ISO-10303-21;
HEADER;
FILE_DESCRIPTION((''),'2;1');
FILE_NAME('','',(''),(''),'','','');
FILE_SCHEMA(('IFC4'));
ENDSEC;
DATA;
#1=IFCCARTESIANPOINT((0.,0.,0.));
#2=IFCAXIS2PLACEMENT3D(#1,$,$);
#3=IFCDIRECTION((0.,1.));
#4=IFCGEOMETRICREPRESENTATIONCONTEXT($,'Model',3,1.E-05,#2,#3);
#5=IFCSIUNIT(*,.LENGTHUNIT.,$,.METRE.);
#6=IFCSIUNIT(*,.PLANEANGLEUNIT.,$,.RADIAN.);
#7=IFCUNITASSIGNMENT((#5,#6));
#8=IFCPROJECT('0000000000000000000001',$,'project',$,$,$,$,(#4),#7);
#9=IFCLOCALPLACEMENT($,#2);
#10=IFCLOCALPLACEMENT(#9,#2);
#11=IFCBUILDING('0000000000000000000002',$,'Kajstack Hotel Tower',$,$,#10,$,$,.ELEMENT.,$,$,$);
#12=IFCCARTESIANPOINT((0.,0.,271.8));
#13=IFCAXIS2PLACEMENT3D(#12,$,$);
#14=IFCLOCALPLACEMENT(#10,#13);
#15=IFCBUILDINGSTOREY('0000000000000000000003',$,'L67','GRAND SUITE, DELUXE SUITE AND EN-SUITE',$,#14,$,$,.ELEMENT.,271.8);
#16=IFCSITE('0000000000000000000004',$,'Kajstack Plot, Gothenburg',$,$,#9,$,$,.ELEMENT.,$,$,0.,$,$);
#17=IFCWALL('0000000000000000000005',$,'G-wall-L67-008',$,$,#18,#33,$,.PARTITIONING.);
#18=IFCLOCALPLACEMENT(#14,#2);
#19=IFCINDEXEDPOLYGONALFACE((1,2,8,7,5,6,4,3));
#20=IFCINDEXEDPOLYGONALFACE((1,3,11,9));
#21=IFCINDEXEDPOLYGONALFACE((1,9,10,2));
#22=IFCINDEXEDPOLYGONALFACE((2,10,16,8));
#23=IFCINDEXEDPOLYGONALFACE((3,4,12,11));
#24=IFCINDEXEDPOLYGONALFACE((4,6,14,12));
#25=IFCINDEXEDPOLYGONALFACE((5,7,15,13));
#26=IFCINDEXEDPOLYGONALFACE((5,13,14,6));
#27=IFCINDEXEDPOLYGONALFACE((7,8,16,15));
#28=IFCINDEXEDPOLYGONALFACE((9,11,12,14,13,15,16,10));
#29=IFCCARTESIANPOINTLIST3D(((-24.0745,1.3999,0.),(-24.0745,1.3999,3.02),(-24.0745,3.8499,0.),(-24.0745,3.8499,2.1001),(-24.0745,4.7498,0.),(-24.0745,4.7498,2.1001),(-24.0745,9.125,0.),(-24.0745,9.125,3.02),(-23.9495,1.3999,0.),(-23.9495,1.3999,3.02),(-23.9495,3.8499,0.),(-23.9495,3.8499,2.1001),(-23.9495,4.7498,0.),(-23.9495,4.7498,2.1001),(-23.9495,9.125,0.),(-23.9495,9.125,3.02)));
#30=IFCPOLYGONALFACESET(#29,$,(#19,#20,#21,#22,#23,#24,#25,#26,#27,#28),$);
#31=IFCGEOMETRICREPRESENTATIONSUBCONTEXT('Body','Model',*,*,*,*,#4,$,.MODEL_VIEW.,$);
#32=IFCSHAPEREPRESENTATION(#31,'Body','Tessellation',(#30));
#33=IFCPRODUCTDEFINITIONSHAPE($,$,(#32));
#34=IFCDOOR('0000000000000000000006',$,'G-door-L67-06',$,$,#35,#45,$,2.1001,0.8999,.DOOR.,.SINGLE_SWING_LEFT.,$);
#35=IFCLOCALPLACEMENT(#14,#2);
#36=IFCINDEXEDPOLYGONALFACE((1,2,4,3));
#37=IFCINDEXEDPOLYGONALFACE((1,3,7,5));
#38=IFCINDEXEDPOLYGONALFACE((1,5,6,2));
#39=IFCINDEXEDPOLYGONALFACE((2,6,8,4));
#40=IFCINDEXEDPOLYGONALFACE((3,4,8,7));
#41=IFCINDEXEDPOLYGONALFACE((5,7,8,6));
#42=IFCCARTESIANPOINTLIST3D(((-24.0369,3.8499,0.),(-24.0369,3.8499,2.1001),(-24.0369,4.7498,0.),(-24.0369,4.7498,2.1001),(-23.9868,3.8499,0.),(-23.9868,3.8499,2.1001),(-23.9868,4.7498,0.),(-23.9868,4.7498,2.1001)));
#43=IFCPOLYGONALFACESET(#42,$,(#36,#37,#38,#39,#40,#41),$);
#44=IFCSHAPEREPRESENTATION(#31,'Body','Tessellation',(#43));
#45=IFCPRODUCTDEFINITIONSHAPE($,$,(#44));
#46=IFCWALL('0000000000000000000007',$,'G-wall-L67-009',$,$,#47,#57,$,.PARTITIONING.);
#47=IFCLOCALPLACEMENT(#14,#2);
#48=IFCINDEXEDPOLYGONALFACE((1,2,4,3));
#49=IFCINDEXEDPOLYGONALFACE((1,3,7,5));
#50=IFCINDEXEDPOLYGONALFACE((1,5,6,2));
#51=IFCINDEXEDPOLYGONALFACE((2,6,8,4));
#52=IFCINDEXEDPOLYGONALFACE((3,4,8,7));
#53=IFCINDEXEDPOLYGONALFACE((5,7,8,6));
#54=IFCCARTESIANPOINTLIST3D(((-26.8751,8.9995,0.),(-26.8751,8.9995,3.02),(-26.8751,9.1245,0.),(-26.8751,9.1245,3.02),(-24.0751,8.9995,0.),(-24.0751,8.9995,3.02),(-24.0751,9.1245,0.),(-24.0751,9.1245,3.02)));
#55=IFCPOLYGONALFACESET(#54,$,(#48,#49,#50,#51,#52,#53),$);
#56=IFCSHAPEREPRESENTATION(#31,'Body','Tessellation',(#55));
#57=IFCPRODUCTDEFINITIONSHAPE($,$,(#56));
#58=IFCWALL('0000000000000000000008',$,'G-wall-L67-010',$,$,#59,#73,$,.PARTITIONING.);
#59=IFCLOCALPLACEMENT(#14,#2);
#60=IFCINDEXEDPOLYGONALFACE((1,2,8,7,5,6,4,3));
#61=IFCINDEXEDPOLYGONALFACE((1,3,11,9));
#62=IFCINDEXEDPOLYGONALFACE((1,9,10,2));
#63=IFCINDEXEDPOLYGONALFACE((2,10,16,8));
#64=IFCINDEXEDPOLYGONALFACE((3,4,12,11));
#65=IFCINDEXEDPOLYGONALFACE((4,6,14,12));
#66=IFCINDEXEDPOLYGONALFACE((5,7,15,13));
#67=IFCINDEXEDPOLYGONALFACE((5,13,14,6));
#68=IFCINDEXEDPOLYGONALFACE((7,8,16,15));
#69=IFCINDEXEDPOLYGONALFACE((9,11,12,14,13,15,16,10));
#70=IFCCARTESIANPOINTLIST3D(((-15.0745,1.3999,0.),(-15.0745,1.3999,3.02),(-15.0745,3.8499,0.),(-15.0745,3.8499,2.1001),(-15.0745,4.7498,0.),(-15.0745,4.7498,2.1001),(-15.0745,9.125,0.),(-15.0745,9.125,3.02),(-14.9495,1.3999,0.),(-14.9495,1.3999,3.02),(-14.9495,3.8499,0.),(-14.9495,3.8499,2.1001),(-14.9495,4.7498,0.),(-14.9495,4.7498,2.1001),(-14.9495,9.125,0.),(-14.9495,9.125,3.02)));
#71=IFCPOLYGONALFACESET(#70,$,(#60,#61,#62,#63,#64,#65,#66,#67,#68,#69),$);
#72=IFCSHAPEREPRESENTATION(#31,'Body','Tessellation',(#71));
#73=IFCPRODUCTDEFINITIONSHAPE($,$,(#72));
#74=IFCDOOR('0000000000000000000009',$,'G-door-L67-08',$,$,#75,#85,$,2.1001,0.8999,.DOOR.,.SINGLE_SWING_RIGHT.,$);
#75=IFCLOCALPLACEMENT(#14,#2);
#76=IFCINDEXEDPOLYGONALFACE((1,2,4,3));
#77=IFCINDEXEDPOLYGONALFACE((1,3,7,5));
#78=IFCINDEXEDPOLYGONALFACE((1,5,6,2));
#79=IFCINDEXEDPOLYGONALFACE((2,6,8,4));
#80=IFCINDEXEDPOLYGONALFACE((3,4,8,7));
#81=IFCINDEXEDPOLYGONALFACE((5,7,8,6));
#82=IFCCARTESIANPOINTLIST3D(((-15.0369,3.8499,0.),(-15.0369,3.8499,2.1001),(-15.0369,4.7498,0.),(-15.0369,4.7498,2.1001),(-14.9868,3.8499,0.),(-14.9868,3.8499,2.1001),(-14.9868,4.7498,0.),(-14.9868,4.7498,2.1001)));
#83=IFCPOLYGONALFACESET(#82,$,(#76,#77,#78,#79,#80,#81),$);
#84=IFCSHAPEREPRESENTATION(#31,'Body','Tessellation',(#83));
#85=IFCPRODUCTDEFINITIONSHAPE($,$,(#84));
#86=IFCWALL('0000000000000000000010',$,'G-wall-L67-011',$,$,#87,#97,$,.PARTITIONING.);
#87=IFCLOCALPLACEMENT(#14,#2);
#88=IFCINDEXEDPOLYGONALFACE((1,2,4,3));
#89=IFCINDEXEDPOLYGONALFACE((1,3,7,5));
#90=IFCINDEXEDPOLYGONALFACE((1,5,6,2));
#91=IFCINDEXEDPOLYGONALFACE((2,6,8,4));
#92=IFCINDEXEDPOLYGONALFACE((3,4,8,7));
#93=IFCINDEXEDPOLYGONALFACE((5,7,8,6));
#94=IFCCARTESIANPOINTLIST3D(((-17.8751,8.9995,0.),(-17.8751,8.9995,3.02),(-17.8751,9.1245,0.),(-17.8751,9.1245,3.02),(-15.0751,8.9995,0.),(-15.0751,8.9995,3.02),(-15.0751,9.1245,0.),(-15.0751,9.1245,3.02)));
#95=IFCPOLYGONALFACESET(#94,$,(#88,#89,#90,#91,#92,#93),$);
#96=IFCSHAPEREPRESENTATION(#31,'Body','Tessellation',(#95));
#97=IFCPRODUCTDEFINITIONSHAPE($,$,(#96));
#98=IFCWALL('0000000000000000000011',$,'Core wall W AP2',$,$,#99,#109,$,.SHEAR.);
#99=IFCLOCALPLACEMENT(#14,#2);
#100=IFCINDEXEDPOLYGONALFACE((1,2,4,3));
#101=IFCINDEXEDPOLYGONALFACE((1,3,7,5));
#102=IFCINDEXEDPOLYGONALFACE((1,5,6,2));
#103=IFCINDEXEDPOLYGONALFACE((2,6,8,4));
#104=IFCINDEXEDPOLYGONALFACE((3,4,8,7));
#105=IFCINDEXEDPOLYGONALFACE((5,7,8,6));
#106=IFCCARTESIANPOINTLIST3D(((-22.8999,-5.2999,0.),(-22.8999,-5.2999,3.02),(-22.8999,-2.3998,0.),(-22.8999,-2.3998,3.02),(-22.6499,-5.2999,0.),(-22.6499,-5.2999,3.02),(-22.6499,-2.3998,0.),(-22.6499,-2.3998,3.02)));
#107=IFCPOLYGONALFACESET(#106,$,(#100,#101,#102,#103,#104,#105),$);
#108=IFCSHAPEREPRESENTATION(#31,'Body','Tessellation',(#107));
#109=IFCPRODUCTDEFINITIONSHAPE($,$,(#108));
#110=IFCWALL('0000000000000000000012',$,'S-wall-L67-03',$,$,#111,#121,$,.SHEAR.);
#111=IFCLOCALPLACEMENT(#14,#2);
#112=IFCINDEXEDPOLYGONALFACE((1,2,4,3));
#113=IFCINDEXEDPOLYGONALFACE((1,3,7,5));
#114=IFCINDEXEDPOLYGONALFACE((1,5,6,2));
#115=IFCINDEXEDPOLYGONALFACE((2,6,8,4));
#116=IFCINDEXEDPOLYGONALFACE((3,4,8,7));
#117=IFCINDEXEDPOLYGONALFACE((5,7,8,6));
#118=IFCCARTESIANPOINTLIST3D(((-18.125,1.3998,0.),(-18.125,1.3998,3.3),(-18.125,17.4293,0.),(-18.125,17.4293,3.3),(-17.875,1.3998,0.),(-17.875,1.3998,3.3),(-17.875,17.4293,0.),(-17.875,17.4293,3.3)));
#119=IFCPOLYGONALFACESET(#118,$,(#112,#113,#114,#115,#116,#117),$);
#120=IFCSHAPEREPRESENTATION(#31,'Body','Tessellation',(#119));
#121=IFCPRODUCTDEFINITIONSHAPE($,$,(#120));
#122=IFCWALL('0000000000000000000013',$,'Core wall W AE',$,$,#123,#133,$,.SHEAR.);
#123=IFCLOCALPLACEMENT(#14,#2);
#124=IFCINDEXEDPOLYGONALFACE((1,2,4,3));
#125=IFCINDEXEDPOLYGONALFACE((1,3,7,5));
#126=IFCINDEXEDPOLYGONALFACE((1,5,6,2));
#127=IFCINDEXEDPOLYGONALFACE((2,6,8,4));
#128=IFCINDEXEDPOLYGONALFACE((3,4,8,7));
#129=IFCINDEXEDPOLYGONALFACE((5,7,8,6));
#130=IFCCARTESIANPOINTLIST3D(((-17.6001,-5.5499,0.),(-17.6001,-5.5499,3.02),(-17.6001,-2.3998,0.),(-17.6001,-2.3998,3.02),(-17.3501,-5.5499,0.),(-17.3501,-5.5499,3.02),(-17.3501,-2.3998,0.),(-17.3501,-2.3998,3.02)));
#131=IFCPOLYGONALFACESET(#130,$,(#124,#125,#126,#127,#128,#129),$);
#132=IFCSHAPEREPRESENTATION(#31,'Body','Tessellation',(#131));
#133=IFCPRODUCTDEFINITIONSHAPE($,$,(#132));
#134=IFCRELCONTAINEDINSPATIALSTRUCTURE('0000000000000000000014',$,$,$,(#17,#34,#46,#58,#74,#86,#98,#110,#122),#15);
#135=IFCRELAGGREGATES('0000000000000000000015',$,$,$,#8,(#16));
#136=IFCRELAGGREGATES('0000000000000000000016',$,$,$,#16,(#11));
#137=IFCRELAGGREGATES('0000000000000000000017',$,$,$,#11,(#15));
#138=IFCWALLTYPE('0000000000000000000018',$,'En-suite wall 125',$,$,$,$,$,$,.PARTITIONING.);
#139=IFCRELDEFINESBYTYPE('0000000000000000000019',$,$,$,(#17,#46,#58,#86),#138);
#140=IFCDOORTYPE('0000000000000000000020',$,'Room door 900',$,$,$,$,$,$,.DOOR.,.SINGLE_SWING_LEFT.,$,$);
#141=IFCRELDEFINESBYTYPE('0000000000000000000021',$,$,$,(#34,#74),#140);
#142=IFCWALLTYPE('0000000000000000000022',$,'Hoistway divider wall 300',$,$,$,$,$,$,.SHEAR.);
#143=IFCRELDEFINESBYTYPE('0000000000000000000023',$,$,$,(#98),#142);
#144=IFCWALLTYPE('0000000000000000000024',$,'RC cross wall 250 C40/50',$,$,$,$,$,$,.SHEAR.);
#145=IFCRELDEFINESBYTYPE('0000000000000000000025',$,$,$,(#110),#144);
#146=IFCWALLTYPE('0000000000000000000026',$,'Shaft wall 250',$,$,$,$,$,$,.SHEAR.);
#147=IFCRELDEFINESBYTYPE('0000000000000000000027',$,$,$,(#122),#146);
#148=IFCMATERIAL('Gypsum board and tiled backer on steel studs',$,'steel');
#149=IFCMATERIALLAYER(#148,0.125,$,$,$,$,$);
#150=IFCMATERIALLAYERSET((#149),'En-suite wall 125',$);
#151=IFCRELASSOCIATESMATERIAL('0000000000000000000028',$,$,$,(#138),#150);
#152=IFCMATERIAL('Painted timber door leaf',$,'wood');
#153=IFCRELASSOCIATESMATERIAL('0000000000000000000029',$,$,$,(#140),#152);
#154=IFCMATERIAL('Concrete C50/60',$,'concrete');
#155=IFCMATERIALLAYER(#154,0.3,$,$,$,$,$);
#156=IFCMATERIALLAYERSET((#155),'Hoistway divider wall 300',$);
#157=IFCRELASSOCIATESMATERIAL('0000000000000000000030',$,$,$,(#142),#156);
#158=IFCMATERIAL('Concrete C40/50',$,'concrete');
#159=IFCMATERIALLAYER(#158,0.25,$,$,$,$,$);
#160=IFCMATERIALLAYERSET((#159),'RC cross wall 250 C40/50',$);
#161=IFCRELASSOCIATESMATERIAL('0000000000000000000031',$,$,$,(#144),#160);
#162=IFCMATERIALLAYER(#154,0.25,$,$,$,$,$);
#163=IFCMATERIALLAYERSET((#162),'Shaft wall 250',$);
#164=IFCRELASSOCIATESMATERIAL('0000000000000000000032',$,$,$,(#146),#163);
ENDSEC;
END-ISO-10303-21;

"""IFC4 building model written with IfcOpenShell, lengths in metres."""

from ifc_helpers import new_model, si_unit, direction, frame, frame_2d, origin, place, context, subcontext, project, spatial, rectangle, extrude, material, layer, layer_set, type_object, element, fill, save


model = new_model("IFC4")

# Units and contexts
model_context = context("Model", 3, precision=1e-05, world=origin(), true_north=direction((0.0, 1.0)))
body_context = subcontext(model_context, "Body", "Model", "MODEL_VIEW")
ifc_project = project(units=[si_unit("LENGTHUNIT", "METRE"), si_unit("PLANEANGLEUNIT", "RADIAN")], contexts=[model_context])

# Site, building, storey
site_placement = place(None, origin())
site = spatial("IfcSite", under=ifc_project, at=site_placement, Name="Kajstack Plot, Gothenburg", CompositionType="ELEMENT", RefElevation=0.0)
building_placement = place(site_placement, origin())
building = spatial("IfcBuilding", under=site, at=building_placement, Name="Kajstack Hotel Tower", CompositionType="ELEMENT")
storey_placement = place(building_placement, frame((0.0, 0.0, 271.8)))
storey = spatial("IfcBuildingStorey", under=building, at=storey_placement, Name="L67", Description="GRAND SUITE, DELUXE SUITE AND EN-SUITE", CompositionType="ELEMENT", Elevation=271.8)

# Wall, opening, door
ifc_material_1 = material(Name="Gypsum board and tiled backer on steel studs", Category="steel")
ifc_layer_1 = layer(ifc_material_1, 0.125)
ifc_layer_set_1 = layer_set([ifc_layer_1], Name="En-suite wall 125")
wall_type_1 = type_object("IfcWallType", Name="En-suite wall 125", PredefinedType="PARTITIONING", material=ifc_layer_set_1)
wall_1_placement = place(storey_placement, frame((-24.012, 1.3999, 0.0), z_axis=(0.0, 0.0, 1.0), x_axis=(0.0, 1.0, 0.0)))
wall_1 = element("IfcWall", 1, at=wall_1_placement, inside=storey, type_object=wall_type_1, Name="G-wall-L67-008", PredefinedType="PARTITIONING", context=body_context, shape_type="SweptSolid", body=[
    extrude(rectangle(XDim=7.7251, YDim=0.125, at=frame_2d((3.8625, 0.0))), origin(), (0.0, 0.0, 1.0), 3.02),
])
opening_1_placement = place(wall_1_placement, frame((2.45, 0.0, 0.0)))
opening_1 = element("IfcOpeningElement", 2, at=opening_1_placement, cuts=wall_1, PredefinedType="OPENING", context=body_context, shape_type="SweptSolid", body=[
    extrude(rectangle(XDim=0.8999, YDim=2.1001, at=frame_2d((0.45, 1.05))), frame((0.0, 0.0725, 0.0), z_axis=(0.0, -1.0, 0.0), x_axis=(1.0, 0.0, 0.0)), (0.0, 0.0, 1.0), 0.145),
])
ifc_material_2 = material(Name="Painted timber door leaf", Category="wood")
door_type_1 = type_object("IfcDoorType", Name="Room door 900", OperationType="SINGLE_SWING_LEFT", PredefinedType="DOOR", material=ifc_material_2)
door_1_placement = place(opening_1_placement, origin())
door_1 = element("IfcDoor", 3, at=door_1_placement, inside=storey, type_object=door_type_1, Name="G-door-L67-06", OperationType="SINGLE_SWING_LEFT", OverallHeight=2.1001, OverallWidth=0.8999, PredefinedType="DOOR", context=body_context, shape_type="SweptSolid", body=[
    extrude(rectangle(XDim=0.8999, YDim=2.1001, at=frame_2d((0.45, 1.05))), frame((0.0, 0.0249, 0.0), z_axis=(0.0, -1.0, 0.0), x_axis=(1.0, 0.0, 0.0)), (0.0, 0.0, 1.0), 0.05),
])
fill(opening_1, door_1)

# Wall
wall_2_placement = place(storey_placement, frame((-26.875, 9.062, 0.0), z_axis=(0.0, 0.0, 1.0), x_axis=(1.0, 0.0, 0.0)))
element("IfcWall", 4, at=wall_2_placement, inside=storey, type_object=wall_type_1, Name="G-wall-L67-009", PredefinedType="PARTITIONING", context=body_context, shape_type="SweptSolid", body=[
    extrude(rectangle(XDim=2.8, YDim=0.125, at=frame_2d((1.3999, 0.0))), origin(), (0.0, 0.0, 1.0), 3.02),
])

# Wall, opening, door
wall_3_placement = place(storey_placement, frame((-15.012, 1.3999, 0.0), z_axis=(0.0, 0.0, 1.0), x_axis=(0.0, 1.0, 0.0)))
wall_3 = element("IfcWall", 5, at=wall_3_placement, inside=storey, type_object=wall_type_1, Name="G-wall-L67-010", PredefinedType="PARTITIONING", context=body_context, shape_type="SweptSolid", body=[
    extrude(rectangle(XDim=7.7251, YDim=0.125, at=frame_2d((3.8625, 0.0))), origin(), (0.0, 0.0, 1.0), 3.02),
])
opening_2_placement = place(wall_3_placement, frame((2.45, 0.0, 0.0)))
opening_2 = element("IfcOpeningElement", 6, at=opening_2_placement, cuts=wall_3, PredefinedType="OPENING", context=body_context, shape_type="SweptSolid", body=[
    extrude(rectangle(XDim=0.8999, YDim=2.1001, at=frame_2d((0.45, 1.05))), frame((0.0, 0.0725, 0.0), z_axis=(0.0, -1.0, 0.0), x_axis=(1.0, 0.0, 0.0)), (0.0, 0.0, 1.0), 0.145),
])
door_2_placement = place(opening_2_placement, origin())
door_2 = element("IfcDoor", 7, at=door_2_placement, inside=storey, type_object=door_type_1, Name="G-door-L67-08", OperationType="SINGLE_SWING_RIGHT", OverallHeight=2.1001, OverallWidth=0.8999, PredefinedType="DOOR", context=body_context, shape_type="SweptSolid", body=[
    extrude(rectangle(XDim=0.8999, YDim=2.1001, at=frame_2d((0.45, 1.05))), frame((0.0, 0.0249, 0.0), z_axis=(0.0, -1.0, 0.0), x_axis=(1.0, 0.0, 0.0)), (0.0, 0.0, 1.0), 0.05),
])
fill(opening_2, door_2)

# Walls
wall_4_placement = place(storey_placement, frame((-17.875, 9.062, 0.0), z_axis=(0.0, 0.0, 1.0), x_axis=(1.0, 0.0, 0.0)))
element("IfcWall", 8, at=wall_4_placement, inside=storey, type_object=wall_type_1, Name="G-wall-L67-011", PredefinedType="PARTITIONING", context=body_context, shape_type="SweptSolid", body=[
    extrude(rectangle(XDim=2.8, YDim=0.125, at=frame_2d((1.3999, 0.0))), origin(), (0.0, 0.0, 1.0), 3.02),
])
ifc_material_3 = material(Name="Concrete C50/60", Category="concrete")
ifc_layer_2 = layer(ifc_material_3, 0.3)
ifc_layer_set_2 = layer_set([ifc_layer_2], Name="Hoistway divider wall 300")
wall_type_2 = type_object("IfcWallType", Name="Hoistway divider wall 300", PredefinedType="SHEAR", material=ifc_layer_set_2)
wall_5_placement = place(storey_placement, frame((-22.7749, -5.3, 0.0), z_axis=(0.0, 0.0, 1.0), x_axis=(0.0, 1.0, 0.0)))
element("IfcWall", 9, at=wall_5_placement, inside=storey, type_object=wall_type_2, Name="Core wall W AP2", PredefinedType="SHEAR", context=body_context, shape_type="SweptSolid", body=[
    extrude(rectangle(XDim=2.9001, YDim=0.25, at=frame_2d((1.4502, 0.0))), origin(), (0.0, 0.0, 1.0), 3.02),
])
ifc_material_4 = material(Name="Concrete C40/50", Category="concrete")
ifc_layer_3 = layer(ifc_material_4, 0.25)
ifc_layer_set_3 = layer_set([ifc_layer_3], Name="RC cross wall 250 C40/50")
wall_type_3 = type_object("IfcWallType", Name="RC cross wall 250 C40/50", PredefinedType="SHEAR", material=ifc_layer_set_3)
wall_6_placement = place(storey_placement, frame((-18.0, 1.3999, 0.0), z_axis=(0.0, 0.0, 1.0), x_axis=(0.0, 1.0, 0.0)))
element("IfcWall", 10, at=wall_6_placement, inside=storey, type_object=wall_type_3, Name="S-wall-L67-03", PredefinedType="SHEAR", context=body_context, shape_type="SweptSolid", body=[
    extrude(rectangle(XDim=16.0295, YDim=0.25, at=frame_2d((8.0146, 0.0))), origin(), (0.0, 0.0, 1.0), 3.3),
])
ifc_layer_4 = layer(ifc_material_3, 0.25)
ifc_layer_set_4 = layer_set([ifc_layer_4], Name="Shaft wall 250")
wall_type_4 = type_object("IfcWallType", Name="Shaft wall 250", PredefinedType="SHEAR", material=ifc_layer_set_4)
wall_7_placement = place(storey_placement, frame((-17.4751, -5.55, 0.0), z_axis=(0.0, 0.0, 1.0), x_axis=(0.0, 1.0, 0.0)))
element("IfcWall", 11, at=wall_7_placement, inside=storey, type_object=wall_type_4, Name="Core wall W AE", PredefinedType="SHEAR", context=body_context, shape_type="SweptSolid", body=[
    extrude(rectangle(XDim=3.1501, YDim=0.25, at=frame_2d((1.5752, 0.0))), origin(), (0.0, 0.0, 1.0), 3.02),
])

save(model, "model.ifc")
